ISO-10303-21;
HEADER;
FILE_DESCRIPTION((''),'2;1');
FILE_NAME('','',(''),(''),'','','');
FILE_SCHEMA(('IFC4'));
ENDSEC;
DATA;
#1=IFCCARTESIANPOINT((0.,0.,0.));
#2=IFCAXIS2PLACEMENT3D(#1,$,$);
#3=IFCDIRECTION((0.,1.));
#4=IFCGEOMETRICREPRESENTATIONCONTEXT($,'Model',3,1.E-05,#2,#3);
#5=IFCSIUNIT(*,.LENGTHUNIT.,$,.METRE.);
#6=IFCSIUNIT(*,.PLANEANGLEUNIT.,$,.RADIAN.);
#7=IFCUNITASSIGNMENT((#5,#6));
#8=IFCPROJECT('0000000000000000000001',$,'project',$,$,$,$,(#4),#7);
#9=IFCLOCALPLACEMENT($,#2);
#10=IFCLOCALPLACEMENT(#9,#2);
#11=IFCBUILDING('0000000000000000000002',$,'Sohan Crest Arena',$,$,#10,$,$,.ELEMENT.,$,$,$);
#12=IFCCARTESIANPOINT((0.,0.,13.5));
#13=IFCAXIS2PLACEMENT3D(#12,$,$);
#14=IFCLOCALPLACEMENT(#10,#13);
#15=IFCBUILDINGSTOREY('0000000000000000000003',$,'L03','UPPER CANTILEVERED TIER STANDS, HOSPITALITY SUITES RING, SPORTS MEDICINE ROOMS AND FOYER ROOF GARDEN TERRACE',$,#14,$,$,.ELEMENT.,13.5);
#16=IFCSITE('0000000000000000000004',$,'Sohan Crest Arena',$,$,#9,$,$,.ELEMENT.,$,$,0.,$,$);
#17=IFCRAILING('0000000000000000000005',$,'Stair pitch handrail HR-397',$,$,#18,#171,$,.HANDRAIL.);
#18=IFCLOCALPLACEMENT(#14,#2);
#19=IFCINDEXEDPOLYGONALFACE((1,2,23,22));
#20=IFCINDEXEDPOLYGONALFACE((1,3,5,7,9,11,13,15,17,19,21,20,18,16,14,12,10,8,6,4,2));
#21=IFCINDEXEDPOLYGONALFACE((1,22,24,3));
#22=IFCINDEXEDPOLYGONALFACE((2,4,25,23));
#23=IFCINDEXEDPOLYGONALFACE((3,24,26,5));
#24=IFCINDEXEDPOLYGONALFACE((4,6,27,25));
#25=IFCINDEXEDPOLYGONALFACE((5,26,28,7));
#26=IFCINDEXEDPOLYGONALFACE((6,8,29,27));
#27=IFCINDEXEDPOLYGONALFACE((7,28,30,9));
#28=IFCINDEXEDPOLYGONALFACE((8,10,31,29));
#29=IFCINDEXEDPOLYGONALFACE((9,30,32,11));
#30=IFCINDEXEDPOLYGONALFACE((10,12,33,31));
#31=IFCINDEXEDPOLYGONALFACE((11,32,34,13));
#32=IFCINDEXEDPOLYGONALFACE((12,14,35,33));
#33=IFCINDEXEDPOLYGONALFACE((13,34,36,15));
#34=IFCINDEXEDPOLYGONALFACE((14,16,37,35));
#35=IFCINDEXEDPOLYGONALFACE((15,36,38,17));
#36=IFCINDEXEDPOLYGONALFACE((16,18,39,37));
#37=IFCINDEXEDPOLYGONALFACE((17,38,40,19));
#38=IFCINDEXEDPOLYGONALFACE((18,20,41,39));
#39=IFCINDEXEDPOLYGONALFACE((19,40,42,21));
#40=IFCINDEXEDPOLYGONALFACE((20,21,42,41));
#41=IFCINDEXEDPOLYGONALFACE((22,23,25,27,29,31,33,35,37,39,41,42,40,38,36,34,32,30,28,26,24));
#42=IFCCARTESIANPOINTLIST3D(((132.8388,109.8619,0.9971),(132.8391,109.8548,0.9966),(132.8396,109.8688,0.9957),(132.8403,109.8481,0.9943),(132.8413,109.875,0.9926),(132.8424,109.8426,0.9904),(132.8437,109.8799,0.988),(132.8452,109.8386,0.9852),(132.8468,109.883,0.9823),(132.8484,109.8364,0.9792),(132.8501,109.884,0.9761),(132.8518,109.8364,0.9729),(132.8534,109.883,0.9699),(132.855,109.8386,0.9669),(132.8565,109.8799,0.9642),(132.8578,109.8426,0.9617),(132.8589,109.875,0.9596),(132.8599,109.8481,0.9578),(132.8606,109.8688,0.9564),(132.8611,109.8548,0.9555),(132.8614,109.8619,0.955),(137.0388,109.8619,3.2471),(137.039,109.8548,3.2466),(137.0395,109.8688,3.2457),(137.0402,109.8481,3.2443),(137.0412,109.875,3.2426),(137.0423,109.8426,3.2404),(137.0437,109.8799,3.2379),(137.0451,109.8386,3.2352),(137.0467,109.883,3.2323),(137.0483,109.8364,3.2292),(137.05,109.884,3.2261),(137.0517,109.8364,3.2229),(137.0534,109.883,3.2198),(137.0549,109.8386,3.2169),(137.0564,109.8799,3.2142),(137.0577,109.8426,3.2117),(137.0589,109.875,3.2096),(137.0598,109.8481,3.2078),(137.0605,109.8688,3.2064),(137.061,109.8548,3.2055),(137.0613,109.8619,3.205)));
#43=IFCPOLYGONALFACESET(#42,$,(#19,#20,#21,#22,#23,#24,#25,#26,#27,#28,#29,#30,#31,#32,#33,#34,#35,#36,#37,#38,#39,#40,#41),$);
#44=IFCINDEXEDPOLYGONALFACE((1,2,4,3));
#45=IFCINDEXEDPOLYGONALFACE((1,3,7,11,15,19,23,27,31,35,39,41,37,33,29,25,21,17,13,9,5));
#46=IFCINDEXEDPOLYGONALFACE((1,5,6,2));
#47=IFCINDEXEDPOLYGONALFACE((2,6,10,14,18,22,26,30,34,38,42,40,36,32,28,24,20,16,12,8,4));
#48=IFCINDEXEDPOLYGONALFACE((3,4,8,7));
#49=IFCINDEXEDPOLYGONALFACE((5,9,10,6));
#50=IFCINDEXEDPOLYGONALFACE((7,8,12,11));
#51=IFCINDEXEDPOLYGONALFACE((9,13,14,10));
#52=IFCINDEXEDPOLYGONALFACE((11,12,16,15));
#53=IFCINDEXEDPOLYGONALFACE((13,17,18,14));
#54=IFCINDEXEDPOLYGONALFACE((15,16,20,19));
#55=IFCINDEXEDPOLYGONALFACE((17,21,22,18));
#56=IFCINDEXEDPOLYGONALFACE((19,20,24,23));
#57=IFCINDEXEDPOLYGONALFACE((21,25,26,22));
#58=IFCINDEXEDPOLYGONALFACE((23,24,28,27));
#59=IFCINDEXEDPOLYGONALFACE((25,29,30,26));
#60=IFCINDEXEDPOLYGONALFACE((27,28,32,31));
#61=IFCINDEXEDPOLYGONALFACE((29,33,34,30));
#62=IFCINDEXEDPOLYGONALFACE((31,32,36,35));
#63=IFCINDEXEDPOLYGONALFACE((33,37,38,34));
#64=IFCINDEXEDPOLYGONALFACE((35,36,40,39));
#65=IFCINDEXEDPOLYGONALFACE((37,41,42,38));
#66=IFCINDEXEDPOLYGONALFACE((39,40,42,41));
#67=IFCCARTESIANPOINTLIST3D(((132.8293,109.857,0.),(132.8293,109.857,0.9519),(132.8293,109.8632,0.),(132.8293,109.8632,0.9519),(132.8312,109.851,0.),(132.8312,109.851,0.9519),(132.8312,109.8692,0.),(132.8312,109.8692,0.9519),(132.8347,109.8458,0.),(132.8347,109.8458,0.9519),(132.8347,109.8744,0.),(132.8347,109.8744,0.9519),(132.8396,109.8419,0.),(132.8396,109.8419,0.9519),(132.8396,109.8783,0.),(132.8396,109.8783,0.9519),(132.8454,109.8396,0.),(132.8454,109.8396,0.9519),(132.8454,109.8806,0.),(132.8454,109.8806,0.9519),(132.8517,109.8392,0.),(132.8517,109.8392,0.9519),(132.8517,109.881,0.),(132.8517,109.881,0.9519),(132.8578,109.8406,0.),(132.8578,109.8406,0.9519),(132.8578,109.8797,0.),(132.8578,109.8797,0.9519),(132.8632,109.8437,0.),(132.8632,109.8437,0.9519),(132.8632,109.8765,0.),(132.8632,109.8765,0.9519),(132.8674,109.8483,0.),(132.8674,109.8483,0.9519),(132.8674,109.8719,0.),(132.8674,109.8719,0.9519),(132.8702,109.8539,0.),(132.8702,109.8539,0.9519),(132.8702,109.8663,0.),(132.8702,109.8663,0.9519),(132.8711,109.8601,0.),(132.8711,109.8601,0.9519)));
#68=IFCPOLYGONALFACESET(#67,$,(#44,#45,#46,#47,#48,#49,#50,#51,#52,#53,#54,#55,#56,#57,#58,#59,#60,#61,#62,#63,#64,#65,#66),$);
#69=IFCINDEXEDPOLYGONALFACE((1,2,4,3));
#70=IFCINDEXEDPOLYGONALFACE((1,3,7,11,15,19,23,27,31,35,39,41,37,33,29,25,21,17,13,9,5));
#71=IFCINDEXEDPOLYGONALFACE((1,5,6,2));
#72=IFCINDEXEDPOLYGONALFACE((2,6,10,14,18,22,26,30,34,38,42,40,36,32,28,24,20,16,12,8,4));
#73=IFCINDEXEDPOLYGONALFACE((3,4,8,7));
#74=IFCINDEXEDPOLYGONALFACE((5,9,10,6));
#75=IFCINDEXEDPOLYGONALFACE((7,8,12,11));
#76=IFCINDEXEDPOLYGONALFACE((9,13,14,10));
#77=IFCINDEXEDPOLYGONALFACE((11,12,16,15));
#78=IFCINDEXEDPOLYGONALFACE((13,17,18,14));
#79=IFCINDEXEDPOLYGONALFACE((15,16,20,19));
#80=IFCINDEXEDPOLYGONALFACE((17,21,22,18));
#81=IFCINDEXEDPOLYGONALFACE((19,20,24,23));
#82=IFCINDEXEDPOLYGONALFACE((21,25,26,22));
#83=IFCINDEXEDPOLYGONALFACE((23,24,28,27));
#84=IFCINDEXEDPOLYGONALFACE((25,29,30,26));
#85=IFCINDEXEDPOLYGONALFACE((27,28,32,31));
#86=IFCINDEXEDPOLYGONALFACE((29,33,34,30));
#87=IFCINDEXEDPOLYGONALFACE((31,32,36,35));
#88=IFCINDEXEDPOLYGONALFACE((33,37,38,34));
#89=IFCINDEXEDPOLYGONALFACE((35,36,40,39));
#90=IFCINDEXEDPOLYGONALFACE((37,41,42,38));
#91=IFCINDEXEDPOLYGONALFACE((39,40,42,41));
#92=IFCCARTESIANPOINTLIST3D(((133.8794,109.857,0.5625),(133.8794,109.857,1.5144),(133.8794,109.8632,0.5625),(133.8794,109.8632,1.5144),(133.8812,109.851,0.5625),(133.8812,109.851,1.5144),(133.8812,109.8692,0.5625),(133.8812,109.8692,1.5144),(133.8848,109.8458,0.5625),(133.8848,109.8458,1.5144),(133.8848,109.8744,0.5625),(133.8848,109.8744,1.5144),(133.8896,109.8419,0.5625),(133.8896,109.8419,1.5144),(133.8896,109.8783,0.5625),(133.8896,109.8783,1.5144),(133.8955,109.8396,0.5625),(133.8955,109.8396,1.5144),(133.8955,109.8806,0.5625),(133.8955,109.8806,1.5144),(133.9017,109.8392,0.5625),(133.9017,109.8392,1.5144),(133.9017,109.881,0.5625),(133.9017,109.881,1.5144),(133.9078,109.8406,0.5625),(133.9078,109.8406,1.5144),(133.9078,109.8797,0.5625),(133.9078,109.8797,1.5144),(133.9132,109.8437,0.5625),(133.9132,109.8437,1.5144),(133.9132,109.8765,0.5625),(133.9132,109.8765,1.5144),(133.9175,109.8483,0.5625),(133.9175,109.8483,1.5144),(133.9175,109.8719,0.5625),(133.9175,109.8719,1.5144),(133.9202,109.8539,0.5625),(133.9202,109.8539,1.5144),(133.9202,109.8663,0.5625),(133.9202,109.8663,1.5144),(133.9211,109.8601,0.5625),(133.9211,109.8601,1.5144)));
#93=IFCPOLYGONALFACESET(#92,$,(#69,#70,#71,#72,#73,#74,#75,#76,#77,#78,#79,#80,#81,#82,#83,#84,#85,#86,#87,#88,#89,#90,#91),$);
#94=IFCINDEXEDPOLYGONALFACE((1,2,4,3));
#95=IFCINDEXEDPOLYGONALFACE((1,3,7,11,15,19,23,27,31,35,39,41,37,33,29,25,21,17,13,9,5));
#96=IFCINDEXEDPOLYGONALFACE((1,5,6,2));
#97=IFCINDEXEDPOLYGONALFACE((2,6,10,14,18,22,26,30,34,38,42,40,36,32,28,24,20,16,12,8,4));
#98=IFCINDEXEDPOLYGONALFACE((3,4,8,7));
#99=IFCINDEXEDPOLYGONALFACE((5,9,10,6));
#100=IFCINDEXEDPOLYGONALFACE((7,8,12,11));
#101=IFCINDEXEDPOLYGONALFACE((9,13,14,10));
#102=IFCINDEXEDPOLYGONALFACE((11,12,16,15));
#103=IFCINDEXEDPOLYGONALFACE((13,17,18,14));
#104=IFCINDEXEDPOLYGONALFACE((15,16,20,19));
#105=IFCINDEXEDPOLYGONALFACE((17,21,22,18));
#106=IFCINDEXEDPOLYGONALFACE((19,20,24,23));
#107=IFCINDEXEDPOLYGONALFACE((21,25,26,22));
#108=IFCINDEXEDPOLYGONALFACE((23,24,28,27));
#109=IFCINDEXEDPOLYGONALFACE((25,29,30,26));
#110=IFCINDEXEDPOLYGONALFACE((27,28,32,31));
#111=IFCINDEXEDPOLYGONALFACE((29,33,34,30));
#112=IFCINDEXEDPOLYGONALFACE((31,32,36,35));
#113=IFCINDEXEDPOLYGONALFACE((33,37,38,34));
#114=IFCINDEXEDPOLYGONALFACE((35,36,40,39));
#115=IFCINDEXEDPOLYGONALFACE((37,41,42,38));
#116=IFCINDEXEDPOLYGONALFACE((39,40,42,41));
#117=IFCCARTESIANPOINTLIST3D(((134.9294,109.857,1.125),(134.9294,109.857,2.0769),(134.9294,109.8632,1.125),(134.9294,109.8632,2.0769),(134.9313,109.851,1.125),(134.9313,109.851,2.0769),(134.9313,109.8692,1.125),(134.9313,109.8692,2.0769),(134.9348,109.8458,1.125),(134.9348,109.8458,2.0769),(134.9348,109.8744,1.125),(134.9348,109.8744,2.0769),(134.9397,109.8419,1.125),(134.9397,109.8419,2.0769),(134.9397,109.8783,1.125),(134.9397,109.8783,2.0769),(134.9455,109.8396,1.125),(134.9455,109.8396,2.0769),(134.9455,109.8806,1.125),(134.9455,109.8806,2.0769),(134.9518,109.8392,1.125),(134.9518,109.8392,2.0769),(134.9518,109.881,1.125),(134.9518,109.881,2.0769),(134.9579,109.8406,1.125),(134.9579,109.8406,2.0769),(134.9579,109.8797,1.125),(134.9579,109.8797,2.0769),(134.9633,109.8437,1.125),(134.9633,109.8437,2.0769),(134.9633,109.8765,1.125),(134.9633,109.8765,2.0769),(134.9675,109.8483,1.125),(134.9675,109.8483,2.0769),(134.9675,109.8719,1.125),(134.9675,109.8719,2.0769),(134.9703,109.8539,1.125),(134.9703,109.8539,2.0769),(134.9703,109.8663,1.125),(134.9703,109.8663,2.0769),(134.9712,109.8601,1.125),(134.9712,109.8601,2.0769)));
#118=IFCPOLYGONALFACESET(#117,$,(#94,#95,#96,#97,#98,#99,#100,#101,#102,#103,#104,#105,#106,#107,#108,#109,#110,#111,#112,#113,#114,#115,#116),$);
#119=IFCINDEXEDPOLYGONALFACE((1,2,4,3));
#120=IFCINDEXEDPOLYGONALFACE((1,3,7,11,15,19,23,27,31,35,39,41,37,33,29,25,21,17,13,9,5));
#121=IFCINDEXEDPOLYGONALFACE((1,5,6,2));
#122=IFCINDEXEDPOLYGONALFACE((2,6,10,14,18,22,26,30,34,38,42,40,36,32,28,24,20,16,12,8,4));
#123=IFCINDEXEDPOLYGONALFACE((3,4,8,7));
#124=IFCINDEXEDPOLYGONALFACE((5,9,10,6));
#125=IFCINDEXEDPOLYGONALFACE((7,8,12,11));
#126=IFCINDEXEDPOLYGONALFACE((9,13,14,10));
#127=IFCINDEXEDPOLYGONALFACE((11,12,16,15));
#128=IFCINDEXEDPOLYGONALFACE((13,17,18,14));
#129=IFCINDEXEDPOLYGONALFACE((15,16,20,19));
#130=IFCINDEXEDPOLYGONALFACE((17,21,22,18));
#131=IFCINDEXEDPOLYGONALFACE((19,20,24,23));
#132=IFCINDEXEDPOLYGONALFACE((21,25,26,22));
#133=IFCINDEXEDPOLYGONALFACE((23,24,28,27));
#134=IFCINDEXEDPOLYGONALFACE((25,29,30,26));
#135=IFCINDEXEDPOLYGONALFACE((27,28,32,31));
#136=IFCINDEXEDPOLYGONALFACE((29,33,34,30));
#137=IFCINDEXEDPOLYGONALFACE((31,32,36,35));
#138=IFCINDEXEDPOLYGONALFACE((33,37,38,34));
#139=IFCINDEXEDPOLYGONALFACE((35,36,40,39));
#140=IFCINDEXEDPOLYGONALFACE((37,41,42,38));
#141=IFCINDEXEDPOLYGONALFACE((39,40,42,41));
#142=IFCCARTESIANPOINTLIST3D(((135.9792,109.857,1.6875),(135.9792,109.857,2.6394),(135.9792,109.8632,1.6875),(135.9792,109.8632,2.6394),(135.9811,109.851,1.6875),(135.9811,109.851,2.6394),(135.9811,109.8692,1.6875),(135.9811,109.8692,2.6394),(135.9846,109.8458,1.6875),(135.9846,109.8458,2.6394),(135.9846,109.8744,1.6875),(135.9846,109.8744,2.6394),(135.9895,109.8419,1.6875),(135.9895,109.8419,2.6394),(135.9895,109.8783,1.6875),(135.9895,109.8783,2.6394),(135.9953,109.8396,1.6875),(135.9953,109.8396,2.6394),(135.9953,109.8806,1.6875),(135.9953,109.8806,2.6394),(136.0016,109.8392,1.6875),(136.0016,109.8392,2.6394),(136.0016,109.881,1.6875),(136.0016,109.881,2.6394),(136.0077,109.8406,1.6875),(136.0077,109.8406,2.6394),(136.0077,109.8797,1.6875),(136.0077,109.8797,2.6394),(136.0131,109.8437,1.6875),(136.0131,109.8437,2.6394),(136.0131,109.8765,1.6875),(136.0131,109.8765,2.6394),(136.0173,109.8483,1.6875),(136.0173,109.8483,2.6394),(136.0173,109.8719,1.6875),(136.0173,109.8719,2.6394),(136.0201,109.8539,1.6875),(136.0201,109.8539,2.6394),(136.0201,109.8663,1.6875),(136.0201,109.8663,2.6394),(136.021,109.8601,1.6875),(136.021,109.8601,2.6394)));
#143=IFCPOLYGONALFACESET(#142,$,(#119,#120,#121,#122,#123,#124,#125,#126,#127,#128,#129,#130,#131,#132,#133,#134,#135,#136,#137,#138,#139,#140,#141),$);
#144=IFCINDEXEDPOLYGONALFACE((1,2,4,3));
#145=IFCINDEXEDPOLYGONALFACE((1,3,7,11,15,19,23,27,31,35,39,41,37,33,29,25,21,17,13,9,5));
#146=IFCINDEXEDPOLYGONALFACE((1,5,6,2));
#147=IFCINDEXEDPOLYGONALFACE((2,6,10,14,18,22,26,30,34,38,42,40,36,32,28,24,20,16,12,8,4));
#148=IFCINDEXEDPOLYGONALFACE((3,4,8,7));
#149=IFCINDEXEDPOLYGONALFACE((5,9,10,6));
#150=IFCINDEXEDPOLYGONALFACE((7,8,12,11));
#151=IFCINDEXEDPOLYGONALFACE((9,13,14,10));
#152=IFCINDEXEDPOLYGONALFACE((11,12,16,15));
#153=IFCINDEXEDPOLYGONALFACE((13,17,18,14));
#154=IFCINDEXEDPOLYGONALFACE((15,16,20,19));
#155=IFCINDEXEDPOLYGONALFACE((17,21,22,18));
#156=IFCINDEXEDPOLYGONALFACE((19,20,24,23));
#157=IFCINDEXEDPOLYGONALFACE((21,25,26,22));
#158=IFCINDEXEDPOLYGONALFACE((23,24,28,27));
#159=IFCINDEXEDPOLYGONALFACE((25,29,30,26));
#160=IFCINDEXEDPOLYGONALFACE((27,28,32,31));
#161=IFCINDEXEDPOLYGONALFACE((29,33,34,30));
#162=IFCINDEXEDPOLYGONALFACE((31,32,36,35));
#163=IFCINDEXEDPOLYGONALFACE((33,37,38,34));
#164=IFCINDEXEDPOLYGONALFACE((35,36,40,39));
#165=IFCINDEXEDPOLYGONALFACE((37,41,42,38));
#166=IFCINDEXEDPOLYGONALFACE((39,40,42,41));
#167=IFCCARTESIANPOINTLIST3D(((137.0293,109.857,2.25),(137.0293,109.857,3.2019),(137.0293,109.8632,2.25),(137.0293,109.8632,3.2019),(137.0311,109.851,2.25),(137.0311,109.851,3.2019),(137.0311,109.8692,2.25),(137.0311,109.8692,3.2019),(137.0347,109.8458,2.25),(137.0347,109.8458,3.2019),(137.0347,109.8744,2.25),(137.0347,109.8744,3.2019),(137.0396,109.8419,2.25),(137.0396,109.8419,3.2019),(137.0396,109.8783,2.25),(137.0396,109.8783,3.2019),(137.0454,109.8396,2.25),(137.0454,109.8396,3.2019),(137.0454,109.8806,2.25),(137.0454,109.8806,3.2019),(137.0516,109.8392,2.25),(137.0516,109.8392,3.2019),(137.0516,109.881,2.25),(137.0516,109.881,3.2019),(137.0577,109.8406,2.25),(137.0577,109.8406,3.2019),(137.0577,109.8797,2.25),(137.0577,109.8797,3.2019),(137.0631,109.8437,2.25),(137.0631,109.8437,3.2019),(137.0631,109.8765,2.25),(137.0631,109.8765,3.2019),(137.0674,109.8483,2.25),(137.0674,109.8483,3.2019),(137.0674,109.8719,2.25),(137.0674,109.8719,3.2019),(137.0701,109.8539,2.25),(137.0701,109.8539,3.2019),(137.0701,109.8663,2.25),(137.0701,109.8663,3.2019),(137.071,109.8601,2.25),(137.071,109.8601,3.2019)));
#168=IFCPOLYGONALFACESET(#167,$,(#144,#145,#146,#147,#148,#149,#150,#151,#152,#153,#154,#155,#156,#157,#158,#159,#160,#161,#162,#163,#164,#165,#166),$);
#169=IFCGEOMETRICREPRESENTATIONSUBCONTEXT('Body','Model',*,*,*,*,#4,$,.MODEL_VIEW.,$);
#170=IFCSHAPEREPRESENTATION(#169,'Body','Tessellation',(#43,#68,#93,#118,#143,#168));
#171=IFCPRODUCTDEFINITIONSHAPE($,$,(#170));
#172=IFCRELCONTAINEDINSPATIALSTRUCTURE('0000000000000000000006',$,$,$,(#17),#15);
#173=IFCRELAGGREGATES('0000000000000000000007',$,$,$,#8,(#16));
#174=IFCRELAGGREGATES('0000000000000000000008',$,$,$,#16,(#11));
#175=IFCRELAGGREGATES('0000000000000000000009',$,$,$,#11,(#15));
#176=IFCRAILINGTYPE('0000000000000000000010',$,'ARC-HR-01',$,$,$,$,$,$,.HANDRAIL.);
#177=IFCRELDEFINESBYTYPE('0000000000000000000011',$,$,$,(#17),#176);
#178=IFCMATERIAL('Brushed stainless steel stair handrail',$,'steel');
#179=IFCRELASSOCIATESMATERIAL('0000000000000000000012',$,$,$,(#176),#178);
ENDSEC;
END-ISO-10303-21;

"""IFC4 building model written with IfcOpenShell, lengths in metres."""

from ifc_helpers import new_model, si_unit, direction, frame, origin, origin_2d, place, context, subcontext, project, spatial, circle, extrude, material, type_object, element, save


model = new_model("IFC4")

# Units and contexts
model_context = context("Model", 3, precision=1e-05, world=origin(), true_north=direction((0.0, 1.0)))
body_context = subcontext(model_context, "Body", "Model", "MODEL_VIEW")
ifc_project = project(units=[si_unit("LENGTHUNIT", "METRE"), si_unit("PLANEANGLEUNIT", "RADIAN")], contexts=[model_context])

# Site, building, storey
site_placement = place(None, origin())
site = spatial("IfcSite", under=ifc_project, at=site_placement, Name="Sohan Crest Arena", CompositionType="ELEMENT", RefElevation=0.0)
building_placement = place(site_placement, origin())
building = spatial("IfcBuilding", under=site, at=building_placement, Name="Sohan Crest Arena", CompositionType="ELEMENT")
storey_placement = place(building_placement, frame((0.0, 0.0, 13.5)))
storey = spatial("IfcBuildingStorey", under=building, at=storey_placement, Name="L03", Description="UPPER CANTILEVERED TIER STANDS, HOSPITALITY SUITES RING, SPORTS MEDICINE ROOMS AND FOYER ROOF GARDEN TERRACE", CompositionType="ELEMENT", Elevation=13.5)

# Railing
ifc_material_1 = material(Name="Brushed stainless steel stair handrail", Category="steel")
railing_type_1 = type_object("IfcRailingType", Name="ARC-HR-01", PredefinedType="HANDRAIL", material=ifc_material_1)
railing_1_placement = place(storey_placement, frame((132.8501, 109.8601, 0.0)))
element("IfcRailing", 1, at=railing_1_placement, inside=storey, type_object=railing_type_1, Name="Stair pitch handrail HR-397", PredefinedType="HANDRAIL", context=body_context, shape_type="SweptSolid", body=[
    extrude(circle(Radius=0.0239, at=origin_2d()), frame((0.0, 0.0, 0.9761), z_axis=(0.881478, 0.0, 0.472226), x_axis=(0.0, 1.0, 0.0)), (0.0, 0.0, 1.0), 4.7646),
    extrude(circle(Radius=0.021, at=origin_2d()), origin(), (0.0, 0.0, 1.0), 0.9519),
    extrude(circle(Radius=0.021, at=origin_2d()), frame((1.05, 0.0, 0.5625)), (0.0, 0.0, 1.0), 0.9519),
    extrude(circle(Radius=0.021, at=origin_2d()), frame((2.1001, 0.0, 1.125)), (0.0, 0.0, 1.0), 0.9519),
    extrude(circle(Radius=0.021, at=origin_2d()), frame((3.1499, 0.0, 1.6875)), (0.0, 0.0, 1.0), 0.9519),
    extrude(circle(Radius=0.021, at=origin_2d()), frame((4.2, 0.0, 2.25)), (0.0, 0.0, 1.0), 0.9519),
])

save(model, "model.ifc")
